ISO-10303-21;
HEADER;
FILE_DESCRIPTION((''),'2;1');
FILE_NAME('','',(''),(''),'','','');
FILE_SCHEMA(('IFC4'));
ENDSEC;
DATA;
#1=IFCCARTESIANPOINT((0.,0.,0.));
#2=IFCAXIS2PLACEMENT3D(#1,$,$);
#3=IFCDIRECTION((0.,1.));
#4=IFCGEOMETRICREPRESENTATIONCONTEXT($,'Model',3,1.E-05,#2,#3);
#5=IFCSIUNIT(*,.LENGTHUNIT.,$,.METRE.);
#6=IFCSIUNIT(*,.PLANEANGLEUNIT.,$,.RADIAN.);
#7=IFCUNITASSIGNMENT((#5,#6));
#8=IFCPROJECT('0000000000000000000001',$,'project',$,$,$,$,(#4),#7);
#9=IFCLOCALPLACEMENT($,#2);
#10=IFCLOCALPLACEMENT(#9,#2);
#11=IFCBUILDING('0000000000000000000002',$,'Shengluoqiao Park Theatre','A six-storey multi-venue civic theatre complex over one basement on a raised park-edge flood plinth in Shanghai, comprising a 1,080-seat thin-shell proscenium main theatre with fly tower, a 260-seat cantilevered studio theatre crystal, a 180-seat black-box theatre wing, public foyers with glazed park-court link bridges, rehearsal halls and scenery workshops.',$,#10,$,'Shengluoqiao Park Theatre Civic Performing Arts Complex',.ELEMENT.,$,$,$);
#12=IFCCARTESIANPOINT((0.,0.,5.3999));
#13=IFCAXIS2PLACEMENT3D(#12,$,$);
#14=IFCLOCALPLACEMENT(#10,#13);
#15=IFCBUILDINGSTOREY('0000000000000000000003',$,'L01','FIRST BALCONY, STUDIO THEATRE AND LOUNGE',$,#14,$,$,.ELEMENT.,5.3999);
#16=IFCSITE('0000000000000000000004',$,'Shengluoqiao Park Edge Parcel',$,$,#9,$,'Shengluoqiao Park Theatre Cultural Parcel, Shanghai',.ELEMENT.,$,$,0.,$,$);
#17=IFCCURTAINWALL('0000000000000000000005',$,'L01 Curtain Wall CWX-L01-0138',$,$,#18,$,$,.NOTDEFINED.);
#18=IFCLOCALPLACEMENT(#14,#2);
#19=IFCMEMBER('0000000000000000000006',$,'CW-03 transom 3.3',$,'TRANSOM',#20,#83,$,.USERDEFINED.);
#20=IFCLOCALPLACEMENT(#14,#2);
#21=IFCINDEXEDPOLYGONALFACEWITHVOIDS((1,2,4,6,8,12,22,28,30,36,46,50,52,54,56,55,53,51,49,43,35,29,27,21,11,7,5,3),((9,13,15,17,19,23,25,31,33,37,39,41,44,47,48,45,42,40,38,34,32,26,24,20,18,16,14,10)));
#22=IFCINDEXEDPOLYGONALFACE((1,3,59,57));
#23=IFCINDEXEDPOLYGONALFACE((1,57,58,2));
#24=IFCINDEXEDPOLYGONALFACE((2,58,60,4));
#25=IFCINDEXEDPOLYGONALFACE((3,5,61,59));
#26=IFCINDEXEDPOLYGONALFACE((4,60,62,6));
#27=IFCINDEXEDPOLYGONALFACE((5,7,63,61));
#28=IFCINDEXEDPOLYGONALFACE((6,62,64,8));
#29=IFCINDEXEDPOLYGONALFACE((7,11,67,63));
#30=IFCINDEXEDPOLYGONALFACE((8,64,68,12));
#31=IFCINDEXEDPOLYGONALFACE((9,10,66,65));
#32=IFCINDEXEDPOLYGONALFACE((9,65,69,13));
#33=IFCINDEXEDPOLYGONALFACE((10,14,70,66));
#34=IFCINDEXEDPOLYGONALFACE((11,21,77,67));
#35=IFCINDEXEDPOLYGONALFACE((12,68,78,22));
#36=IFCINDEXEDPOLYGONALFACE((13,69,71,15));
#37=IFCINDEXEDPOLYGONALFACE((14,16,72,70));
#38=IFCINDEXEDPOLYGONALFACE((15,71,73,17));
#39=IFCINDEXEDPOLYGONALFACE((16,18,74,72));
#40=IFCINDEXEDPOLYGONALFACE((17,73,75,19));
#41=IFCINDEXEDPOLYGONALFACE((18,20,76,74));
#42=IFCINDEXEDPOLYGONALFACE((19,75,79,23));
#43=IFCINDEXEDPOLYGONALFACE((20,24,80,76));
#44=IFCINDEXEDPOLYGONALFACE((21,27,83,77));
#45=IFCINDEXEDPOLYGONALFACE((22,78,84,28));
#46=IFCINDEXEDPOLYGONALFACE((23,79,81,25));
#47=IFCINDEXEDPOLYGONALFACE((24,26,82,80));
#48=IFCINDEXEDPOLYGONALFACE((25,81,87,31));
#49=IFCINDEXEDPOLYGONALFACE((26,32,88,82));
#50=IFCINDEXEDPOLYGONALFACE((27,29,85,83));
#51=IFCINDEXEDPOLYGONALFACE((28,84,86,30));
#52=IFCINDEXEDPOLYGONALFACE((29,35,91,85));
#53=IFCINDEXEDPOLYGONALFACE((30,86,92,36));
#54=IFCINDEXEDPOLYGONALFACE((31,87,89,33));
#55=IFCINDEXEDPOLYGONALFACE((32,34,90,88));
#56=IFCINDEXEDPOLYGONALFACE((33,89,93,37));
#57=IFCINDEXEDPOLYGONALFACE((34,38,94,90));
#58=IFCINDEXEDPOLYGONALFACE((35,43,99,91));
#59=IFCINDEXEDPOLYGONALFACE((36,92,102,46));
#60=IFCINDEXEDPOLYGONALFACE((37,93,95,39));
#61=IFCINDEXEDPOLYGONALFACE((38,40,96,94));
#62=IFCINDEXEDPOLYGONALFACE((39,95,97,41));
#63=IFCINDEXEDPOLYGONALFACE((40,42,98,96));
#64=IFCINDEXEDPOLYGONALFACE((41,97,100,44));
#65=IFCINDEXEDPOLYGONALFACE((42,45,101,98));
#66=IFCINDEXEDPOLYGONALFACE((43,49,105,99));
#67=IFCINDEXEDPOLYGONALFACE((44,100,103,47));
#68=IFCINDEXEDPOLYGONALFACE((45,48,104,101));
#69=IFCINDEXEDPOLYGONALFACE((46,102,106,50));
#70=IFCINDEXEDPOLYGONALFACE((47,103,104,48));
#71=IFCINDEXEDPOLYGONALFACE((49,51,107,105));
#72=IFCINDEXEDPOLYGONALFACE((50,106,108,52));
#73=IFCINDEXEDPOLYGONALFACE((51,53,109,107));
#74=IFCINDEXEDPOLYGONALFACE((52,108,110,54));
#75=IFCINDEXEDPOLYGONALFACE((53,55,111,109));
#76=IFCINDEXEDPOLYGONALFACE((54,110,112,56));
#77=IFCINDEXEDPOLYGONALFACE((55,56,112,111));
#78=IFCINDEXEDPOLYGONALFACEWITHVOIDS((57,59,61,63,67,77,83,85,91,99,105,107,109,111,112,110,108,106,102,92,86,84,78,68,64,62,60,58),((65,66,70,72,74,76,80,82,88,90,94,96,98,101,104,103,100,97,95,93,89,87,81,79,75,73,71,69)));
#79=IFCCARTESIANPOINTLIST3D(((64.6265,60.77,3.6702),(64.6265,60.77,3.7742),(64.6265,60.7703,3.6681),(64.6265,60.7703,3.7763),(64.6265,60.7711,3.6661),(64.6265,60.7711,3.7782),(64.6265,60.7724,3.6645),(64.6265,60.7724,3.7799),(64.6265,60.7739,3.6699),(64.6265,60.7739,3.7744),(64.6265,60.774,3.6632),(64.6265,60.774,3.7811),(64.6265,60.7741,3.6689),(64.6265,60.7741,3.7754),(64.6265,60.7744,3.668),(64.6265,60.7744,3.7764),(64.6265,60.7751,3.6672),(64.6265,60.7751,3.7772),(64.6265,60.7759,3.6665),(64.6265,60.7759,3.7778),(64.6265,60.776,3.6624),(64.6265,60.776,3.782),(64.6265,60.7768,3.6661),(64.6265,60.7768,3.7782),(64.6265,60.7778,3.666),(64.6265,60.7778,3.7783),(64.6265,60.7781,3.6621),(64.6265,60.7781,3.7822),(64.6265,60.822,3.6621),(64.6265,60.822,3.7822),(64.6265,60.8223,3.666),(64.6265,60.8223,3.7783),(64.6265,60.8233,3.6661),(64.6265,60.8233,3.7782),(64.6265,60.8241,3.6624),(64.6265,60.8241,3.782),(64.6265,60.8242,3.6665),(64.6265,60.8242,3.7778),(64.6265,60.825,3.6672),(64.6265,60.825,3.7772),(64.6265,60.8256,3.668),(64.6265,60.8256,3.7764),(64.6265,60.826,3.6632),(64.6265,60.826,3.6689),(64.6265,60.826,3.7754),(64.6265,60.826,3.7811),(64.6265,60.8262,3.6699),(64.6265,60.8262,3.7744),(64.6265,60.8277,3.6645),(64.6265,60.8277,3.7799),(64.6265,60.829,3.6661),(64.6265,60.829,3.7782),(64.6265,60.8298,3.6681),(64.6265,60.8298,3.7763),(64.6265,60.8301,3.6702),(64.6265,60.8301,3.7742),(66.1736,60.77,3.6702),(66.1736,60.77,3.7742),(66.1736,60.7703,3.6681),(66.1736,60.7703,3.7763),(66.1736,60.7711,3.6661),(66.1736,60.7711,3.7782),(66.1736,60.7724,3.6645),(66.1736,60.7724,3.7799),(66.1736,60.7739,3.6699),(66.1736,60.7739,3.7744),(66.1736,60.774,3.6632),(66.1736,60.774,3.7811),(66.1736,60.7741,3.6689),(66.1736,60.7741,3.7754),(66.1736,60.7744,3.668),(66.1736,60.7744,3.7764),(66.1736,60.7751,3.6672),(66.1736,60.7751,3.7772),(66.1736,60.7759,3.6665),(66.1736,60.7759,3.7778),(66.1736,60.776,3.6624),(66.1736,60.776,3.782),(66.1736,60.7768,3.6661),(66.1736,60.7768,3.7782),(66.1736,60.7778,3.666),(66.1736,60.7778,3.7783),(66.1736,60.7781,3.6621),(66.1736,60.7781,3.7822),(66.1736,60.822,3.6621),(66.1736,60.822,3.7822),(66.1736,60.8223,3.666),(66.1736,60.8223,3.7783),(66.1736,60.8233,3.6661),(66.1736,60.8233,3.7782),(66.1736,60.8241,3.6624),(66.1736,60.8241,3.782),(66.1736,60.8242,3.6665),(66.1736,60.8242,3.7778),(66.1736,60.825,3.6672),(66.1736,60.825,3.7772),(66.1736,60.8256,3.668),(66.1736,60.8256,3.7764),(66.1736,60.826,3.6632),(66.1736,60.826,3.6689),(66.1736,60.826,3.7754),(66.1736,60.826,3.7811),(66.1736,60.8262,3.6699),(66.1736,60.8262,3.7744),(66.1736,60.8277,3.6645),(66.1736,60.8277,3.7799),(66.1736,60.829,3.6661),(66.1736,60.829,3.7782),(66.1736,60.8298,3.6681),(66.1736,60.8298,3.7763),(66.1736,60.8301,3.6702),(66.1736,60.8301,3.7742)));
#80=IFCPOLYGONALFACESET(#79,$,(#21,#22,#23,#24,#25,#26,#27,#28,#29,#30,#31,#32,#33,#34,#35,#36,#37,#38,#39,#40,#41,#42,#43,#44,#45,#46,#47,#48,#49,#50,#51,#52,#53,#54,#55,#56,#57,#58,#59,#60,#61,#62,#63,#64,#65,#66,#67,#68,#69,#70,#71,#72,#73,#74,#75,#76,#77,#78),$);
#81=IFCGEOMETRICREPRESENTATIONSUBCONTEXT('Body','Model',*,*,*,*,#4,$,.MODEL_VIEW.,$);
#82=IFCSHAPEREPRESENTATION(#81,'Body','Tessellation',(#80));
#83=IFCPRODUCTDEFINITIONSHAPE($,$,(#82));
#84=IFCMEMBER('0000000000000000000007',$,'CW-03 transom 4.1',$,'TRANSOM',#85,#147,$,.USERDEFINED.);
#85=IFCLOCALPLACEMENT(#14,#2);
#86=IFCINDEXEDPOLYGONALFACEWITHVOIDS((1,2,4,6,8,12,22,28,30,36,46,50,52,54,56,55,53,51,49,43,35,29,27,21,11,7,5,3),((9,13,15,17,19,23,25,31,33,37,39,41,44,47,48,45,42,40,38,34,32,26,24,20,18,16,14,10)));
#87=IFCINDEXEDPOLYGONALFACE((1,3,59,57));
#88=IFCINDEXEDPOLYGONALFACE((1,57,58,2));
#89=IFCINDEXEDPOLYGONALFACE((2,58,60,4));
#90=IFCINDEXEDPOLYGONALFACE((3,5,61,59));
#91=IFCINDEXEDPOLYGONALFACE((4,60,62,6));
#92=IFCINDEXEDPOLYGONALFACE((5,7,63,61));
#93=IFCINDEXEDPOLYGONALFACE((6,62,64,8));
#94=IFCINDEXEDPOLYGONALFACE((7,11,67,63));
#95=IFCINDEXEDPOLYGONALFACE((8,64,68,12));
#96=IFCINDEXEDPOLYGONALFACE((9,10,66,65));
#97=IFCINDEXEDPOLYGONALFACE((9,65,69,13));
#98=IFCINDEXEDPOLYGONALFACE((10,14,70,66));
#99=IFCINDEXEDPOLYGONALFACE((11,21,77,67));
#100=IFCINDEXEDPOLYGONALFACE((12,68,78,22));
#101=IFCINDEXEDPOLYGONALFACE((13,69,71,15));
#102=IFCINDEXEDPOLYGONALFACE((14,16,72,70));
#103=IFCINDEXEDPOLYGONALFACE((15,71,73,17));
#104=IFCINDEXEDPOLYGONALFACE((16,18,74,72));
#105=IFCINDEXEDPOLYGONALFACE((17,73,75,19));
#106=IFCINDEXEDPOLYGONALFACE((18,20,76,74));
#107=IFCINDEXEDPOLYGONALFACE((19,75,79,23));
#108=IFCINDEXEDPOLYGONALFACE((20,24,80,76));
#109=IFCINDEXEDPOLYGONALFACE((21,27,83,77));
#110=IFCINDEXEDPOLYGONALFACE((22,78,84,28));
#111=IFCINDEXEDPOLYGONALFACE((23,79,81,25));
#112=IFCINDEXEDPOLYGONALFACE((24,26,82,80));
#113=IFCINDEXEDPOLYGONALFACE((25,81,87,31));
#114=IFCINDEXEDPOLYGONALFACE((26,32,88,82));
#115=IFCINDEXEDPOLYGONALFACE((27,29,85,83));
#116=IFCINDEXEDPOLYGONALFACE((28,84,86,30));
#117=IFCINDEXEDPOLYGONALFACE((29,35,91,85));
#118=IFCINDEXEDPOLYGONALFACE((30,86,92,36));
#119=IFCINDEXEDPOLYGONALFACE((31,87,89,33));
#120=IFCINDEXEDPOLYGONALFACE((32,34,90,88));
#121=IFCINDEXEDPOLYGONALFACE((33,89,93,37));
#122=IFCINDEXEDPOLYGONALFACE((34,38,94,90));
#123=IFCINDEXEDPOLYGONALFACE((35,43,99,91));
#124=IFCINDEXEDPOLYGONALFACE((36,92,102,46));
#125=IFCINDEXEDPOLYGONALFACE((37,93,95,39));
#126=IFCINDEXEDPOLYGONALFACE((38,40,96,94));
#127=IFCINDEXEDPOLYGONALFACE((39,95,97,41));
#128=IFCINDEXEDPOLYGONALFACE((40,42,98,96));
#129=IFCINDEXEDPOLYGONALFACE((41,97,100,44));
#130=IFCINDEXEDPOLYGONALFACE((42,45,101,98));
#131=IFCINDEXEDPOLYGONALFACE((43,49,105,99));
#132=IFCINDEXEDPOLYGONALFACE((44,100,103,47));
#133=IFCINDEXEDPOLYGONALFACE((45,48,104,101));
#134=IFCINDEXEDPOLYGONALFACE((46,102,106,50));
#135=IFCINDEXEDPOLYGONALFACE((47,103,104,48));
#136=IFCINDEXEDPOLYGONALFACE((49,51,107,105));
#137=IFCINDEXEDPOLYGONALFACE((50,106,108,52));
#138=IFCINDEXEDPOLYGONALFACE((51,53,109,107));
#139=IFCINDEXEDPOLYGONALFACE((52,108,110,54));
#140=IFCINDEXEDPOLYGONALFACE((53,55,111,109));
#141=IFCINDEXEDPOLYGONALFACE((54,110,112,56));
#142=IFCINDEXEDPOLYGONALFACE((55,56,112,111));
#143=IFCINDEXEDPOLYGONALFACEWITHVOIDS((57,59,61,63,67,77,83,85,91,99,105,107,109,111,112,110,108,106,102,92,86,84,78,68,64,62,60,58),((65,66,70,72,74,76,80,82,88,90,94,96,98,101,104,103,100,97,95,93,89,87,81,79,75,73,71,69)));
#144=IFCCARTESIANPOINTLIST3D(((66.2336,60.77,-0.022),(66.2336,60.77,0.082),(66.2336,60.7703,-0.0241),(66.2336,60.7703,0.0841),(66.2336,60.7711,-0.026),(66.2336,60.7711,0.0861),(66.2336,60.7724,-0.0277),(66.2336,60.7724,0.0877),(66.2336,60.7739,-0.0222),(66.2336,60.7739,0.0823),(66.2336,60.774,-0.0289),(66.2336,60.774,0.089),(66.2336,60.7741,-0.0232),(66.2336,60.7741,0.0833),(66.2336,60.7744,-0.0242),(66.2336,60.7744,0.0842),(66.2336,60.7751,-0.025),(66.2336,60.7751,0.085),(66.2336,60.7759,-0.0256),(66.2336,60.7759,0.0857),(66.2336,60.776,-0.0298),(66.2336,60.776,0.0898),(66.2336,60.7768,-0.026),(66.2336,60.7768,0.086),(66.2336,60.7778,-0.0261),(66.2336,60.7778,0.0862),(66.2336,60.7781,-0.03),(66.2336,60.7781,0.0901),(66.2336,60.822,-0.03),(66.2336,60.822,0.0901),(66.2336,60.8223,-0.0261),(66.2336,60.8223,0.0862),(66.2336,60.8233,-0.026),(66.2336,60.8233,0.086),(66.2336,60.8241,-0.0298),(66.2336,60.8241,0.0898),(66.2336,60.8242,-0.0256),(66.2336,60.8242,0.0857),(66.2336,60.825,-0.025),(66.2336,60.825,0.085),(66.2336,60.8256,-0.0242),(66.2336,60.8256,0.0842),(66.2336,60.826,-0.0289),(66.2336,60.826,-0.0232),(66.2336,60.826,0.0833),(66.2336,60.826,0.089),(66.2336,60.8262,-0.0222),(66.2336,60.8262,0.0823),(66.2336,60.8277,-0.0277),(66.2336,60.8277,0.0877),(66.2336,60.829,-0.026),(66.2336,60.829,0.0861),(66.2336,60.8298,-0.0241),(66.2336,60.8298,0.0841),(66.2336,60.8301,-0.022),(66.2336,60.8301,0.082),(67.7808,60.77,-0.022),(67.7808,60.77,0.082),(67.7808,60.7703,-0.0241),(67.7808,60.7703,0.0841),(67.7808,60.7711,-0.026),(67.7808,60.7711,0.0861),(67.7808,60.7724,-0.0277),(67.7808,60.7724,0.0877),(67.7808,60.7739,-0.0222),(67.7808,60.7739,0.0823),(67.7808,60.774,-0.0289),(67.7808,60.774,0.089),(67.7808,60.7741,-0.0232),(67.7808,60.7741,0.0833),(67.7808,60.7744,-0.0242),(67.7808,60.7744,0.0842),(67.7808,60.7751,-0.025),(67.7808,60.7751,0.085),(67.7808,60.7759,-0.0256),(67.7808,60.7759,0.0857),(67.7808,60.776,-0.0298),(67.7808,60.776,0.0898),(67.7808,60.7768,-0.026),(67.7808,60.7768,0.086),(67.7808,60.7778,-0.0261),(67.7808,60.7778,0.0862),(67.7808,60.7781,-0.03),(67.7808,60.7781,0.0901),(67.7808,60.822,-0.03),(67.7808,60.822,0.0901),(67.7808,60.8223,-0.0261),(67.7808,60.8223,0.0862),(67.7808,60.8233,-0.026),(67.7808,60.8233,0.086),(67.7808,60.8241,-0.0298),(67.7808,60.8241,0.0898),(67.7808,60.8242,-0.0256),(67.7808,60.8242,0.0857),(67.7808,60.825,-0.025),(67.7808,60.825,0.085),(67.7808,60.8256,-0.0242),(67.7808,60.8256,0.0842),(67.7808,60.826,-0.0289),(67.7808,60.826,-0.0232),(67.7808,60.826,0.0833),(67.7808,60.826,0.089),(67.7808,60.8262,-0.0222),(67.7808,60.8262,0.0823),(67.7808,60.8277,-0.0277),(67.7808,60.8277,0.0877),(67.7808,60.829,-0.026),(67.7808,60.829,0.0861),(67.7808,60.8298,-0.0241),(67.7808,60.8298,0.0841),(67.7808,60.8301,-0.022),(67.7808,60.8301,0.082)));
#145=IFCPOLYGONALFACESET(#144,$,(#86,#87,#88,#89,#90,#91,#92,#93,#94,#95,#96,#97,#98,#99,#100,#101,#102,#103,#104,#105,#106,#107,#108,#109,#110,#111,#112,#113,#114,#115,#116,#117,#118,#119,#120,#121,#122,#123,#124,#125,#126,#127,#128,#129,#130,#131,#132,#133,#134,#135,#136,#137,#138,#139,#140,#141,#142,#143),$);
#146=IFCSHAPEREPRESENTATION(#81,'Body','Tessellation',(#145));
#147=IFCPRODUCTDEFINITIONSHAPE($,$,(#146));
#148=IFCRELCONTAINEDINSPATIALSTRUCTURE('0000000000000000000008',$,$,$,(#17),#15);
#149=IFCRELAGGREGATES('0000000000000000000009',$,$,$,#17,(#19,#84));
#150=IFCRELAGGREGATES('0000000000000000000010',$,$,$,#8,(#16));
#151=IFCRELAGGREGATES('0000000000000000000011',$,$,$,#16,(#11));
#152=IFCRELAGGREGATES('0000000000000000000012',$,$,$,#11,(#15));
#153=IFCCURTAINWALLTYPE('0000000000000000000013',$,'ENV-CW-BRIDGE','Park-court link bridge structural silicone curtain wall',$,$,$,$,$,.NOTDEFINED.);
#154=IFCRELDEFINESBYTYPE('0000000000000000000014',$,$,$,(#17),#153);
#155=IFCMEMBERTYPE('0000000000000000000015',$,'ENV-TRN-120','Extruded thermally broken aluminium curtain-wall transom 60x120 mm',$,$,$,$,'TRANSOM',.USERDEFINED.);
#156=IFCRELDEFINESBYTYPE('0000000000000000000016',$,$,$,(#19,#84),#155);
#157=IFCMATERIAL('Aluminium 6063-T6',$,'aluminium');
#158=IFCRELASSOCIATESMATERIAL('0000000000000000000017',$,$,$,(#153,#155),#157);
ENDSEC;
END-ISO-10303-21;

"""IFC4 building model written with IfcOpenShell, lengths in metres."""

from ifc_helpers import new_model, si_unit, direction, frame, origin, origin_2d, place, context, subcontext, project, spatial, hollow_rectangle, extrude, material, material_profile, profile_set, type_object, element, aggregate, save


model = new_model("IFC4")

# Units and contexts
model_context = context("Model", 3, precision=1e-05, world=origin(), true_north=direction((0.0, 1.0)))
body_context = subcontext(model_context, "Body", "Model", "MODEL_VIEW")
ifc_project = project(units=[si_unit("LENGTHUNIT", "METRE"), si_unit("PLANEANGLEUNIT", "RADIAN")], contexts=[model_context])

# Site, building, storey
site_placement = place(None, origin())
site = spatial("IfcSite", under=ifc_project, at=site_placement, Name="Shengluoqiao Park Edge Parcel", LongName="Shengluoqiao Park Theatre Cultural Parcel, Shanghai", CompositionType="ELEMENT", RefElevation=0.0)
building_placement = place(site_placement, origin())
building = spatial("IfcBuilding", under=site, at=building_placement, Name="Shengluoqiao Park Theatre", Description="A six-storey multi-venue civic theatre complex over one basement on a raised park-edge flood plinth in Shanghai, comprising a 1,080-seat thin-shell proscenium main theatre with fly tower, a 260-seat cantilevered studio theatre crystal, a 180-seat black-box theatre wing, public foyers with glazed park-court link bridges, rehearsal halls and scenery workshops.", LongName="Shengluoqiao Park Theatre Civic Performing Arts Complex", CompositionType="ELEMENT")
storey_placement = place(building_placement, frame((0.0, 0.0, 5.3999)))
storey = spatial("IfcBuildingStorey", under=building, at=storey_placement, Name="L01", Description="FIRST BALCONY, STUDIO THEATRE AND LOUNGE", CompositionType="ELEMENT", Elevation=5.3999)

# Curtain wall
ifc_material_1 = material(Name="Aluminium 6063-T6", Category="aluminium")
curtain_wall_type_1 = type_object("IfcCurtainWallType", Name="ENV-CW-BRIDGE", Description="Park-court link bridge structural silicone curtain wall", PredefinedType="NOTDEFINED", material=ifc_material_1)
curtain_wall_1_placement = place(storey_placement, origin())
curtain_wall_1 = element("IfcCurtainWall", 1, at=curtain_wall_1_placement, inside=storey, type_object=curtain_wall_type_1, Name="L01 Curtain Wall CWX-L01-0138", PredefinedType="NOTDEFINED")

# Members
ifc_material_profile_1 = material_profile(ifc_material_1, hollow_rectangle(XDim=0.0601, YDim=0.1201, WallThickness=0.0039, InnerFilletRadius=0.0039, OuterFilletRadius=0.0081, at=origin_2d()), Name="ALU TRANSOM 120x60x4")
ifc_profile_set_1 = profile_set([ifc_material_profile_1], Name="Aluminium 6063-T6")
member_type_1 = type_object("IfcMemberType", Name="ENV-TRN-120", Description="Extruded thermally broken aluminium curtain-wall transom 60x120 mm", ElementType="TRANSOM", PredefinedType="USERDEFINED", material=ifc_profile_set_1)
member_1_placement = place(storey_placement, frame((64.6265, 60.8, 3.7222), z_axis=(1.0, 0.0, 0.0), x_axis=(0.0, 1.0, 0.0)))
member_1 = element("IfcMember", 2, at=member_1_placement, type_object=member_type_1, Name="CW-03 transom 3.3", ObjectType="TRANSOM", PredefinedType="USERDEFINED", context=body_context, shape_type="SweptSolid", body=[
    extrude(hollow_rectangle(XDim=0.0601, YDim=0.1201, WallThickness=0.0039, InnerFilletRadius=0.0039, OuterFilletRadius=0.0081, at=origin_2d()), origin(), (0.0, 0.0, 1.0), 1.5471),
])
member_2_placement = place(storey_placement, frame((66.2336, 60.8, 0.03), z_axis=(1.0, 0.0, 0.0), x_axis=(0.0, 1.0, 0.0)))
member_2 = element("IfcMember", 3, at=member_2_placement, type_object=member_type_1, Name="CW-03 transom 4.1", ObjectType="TRANSOM", PredefinedType="USERDEFINED", context=body_context, shape_type="SweptSolid", body=[
    extrude(hollow_rectangle(XDim=0.0601, YDim=0.1201, WallThickness=0.0039, InnerFilletRadius=0.0039, OuterFilletRadius=0.0081, at=origin_2d()), origin(), (0.0, 0.0, 1.0), 1.5471),
])

aggregate(curtain_wall_1, [member_1, member_2])

save(model, "model.ifc")
